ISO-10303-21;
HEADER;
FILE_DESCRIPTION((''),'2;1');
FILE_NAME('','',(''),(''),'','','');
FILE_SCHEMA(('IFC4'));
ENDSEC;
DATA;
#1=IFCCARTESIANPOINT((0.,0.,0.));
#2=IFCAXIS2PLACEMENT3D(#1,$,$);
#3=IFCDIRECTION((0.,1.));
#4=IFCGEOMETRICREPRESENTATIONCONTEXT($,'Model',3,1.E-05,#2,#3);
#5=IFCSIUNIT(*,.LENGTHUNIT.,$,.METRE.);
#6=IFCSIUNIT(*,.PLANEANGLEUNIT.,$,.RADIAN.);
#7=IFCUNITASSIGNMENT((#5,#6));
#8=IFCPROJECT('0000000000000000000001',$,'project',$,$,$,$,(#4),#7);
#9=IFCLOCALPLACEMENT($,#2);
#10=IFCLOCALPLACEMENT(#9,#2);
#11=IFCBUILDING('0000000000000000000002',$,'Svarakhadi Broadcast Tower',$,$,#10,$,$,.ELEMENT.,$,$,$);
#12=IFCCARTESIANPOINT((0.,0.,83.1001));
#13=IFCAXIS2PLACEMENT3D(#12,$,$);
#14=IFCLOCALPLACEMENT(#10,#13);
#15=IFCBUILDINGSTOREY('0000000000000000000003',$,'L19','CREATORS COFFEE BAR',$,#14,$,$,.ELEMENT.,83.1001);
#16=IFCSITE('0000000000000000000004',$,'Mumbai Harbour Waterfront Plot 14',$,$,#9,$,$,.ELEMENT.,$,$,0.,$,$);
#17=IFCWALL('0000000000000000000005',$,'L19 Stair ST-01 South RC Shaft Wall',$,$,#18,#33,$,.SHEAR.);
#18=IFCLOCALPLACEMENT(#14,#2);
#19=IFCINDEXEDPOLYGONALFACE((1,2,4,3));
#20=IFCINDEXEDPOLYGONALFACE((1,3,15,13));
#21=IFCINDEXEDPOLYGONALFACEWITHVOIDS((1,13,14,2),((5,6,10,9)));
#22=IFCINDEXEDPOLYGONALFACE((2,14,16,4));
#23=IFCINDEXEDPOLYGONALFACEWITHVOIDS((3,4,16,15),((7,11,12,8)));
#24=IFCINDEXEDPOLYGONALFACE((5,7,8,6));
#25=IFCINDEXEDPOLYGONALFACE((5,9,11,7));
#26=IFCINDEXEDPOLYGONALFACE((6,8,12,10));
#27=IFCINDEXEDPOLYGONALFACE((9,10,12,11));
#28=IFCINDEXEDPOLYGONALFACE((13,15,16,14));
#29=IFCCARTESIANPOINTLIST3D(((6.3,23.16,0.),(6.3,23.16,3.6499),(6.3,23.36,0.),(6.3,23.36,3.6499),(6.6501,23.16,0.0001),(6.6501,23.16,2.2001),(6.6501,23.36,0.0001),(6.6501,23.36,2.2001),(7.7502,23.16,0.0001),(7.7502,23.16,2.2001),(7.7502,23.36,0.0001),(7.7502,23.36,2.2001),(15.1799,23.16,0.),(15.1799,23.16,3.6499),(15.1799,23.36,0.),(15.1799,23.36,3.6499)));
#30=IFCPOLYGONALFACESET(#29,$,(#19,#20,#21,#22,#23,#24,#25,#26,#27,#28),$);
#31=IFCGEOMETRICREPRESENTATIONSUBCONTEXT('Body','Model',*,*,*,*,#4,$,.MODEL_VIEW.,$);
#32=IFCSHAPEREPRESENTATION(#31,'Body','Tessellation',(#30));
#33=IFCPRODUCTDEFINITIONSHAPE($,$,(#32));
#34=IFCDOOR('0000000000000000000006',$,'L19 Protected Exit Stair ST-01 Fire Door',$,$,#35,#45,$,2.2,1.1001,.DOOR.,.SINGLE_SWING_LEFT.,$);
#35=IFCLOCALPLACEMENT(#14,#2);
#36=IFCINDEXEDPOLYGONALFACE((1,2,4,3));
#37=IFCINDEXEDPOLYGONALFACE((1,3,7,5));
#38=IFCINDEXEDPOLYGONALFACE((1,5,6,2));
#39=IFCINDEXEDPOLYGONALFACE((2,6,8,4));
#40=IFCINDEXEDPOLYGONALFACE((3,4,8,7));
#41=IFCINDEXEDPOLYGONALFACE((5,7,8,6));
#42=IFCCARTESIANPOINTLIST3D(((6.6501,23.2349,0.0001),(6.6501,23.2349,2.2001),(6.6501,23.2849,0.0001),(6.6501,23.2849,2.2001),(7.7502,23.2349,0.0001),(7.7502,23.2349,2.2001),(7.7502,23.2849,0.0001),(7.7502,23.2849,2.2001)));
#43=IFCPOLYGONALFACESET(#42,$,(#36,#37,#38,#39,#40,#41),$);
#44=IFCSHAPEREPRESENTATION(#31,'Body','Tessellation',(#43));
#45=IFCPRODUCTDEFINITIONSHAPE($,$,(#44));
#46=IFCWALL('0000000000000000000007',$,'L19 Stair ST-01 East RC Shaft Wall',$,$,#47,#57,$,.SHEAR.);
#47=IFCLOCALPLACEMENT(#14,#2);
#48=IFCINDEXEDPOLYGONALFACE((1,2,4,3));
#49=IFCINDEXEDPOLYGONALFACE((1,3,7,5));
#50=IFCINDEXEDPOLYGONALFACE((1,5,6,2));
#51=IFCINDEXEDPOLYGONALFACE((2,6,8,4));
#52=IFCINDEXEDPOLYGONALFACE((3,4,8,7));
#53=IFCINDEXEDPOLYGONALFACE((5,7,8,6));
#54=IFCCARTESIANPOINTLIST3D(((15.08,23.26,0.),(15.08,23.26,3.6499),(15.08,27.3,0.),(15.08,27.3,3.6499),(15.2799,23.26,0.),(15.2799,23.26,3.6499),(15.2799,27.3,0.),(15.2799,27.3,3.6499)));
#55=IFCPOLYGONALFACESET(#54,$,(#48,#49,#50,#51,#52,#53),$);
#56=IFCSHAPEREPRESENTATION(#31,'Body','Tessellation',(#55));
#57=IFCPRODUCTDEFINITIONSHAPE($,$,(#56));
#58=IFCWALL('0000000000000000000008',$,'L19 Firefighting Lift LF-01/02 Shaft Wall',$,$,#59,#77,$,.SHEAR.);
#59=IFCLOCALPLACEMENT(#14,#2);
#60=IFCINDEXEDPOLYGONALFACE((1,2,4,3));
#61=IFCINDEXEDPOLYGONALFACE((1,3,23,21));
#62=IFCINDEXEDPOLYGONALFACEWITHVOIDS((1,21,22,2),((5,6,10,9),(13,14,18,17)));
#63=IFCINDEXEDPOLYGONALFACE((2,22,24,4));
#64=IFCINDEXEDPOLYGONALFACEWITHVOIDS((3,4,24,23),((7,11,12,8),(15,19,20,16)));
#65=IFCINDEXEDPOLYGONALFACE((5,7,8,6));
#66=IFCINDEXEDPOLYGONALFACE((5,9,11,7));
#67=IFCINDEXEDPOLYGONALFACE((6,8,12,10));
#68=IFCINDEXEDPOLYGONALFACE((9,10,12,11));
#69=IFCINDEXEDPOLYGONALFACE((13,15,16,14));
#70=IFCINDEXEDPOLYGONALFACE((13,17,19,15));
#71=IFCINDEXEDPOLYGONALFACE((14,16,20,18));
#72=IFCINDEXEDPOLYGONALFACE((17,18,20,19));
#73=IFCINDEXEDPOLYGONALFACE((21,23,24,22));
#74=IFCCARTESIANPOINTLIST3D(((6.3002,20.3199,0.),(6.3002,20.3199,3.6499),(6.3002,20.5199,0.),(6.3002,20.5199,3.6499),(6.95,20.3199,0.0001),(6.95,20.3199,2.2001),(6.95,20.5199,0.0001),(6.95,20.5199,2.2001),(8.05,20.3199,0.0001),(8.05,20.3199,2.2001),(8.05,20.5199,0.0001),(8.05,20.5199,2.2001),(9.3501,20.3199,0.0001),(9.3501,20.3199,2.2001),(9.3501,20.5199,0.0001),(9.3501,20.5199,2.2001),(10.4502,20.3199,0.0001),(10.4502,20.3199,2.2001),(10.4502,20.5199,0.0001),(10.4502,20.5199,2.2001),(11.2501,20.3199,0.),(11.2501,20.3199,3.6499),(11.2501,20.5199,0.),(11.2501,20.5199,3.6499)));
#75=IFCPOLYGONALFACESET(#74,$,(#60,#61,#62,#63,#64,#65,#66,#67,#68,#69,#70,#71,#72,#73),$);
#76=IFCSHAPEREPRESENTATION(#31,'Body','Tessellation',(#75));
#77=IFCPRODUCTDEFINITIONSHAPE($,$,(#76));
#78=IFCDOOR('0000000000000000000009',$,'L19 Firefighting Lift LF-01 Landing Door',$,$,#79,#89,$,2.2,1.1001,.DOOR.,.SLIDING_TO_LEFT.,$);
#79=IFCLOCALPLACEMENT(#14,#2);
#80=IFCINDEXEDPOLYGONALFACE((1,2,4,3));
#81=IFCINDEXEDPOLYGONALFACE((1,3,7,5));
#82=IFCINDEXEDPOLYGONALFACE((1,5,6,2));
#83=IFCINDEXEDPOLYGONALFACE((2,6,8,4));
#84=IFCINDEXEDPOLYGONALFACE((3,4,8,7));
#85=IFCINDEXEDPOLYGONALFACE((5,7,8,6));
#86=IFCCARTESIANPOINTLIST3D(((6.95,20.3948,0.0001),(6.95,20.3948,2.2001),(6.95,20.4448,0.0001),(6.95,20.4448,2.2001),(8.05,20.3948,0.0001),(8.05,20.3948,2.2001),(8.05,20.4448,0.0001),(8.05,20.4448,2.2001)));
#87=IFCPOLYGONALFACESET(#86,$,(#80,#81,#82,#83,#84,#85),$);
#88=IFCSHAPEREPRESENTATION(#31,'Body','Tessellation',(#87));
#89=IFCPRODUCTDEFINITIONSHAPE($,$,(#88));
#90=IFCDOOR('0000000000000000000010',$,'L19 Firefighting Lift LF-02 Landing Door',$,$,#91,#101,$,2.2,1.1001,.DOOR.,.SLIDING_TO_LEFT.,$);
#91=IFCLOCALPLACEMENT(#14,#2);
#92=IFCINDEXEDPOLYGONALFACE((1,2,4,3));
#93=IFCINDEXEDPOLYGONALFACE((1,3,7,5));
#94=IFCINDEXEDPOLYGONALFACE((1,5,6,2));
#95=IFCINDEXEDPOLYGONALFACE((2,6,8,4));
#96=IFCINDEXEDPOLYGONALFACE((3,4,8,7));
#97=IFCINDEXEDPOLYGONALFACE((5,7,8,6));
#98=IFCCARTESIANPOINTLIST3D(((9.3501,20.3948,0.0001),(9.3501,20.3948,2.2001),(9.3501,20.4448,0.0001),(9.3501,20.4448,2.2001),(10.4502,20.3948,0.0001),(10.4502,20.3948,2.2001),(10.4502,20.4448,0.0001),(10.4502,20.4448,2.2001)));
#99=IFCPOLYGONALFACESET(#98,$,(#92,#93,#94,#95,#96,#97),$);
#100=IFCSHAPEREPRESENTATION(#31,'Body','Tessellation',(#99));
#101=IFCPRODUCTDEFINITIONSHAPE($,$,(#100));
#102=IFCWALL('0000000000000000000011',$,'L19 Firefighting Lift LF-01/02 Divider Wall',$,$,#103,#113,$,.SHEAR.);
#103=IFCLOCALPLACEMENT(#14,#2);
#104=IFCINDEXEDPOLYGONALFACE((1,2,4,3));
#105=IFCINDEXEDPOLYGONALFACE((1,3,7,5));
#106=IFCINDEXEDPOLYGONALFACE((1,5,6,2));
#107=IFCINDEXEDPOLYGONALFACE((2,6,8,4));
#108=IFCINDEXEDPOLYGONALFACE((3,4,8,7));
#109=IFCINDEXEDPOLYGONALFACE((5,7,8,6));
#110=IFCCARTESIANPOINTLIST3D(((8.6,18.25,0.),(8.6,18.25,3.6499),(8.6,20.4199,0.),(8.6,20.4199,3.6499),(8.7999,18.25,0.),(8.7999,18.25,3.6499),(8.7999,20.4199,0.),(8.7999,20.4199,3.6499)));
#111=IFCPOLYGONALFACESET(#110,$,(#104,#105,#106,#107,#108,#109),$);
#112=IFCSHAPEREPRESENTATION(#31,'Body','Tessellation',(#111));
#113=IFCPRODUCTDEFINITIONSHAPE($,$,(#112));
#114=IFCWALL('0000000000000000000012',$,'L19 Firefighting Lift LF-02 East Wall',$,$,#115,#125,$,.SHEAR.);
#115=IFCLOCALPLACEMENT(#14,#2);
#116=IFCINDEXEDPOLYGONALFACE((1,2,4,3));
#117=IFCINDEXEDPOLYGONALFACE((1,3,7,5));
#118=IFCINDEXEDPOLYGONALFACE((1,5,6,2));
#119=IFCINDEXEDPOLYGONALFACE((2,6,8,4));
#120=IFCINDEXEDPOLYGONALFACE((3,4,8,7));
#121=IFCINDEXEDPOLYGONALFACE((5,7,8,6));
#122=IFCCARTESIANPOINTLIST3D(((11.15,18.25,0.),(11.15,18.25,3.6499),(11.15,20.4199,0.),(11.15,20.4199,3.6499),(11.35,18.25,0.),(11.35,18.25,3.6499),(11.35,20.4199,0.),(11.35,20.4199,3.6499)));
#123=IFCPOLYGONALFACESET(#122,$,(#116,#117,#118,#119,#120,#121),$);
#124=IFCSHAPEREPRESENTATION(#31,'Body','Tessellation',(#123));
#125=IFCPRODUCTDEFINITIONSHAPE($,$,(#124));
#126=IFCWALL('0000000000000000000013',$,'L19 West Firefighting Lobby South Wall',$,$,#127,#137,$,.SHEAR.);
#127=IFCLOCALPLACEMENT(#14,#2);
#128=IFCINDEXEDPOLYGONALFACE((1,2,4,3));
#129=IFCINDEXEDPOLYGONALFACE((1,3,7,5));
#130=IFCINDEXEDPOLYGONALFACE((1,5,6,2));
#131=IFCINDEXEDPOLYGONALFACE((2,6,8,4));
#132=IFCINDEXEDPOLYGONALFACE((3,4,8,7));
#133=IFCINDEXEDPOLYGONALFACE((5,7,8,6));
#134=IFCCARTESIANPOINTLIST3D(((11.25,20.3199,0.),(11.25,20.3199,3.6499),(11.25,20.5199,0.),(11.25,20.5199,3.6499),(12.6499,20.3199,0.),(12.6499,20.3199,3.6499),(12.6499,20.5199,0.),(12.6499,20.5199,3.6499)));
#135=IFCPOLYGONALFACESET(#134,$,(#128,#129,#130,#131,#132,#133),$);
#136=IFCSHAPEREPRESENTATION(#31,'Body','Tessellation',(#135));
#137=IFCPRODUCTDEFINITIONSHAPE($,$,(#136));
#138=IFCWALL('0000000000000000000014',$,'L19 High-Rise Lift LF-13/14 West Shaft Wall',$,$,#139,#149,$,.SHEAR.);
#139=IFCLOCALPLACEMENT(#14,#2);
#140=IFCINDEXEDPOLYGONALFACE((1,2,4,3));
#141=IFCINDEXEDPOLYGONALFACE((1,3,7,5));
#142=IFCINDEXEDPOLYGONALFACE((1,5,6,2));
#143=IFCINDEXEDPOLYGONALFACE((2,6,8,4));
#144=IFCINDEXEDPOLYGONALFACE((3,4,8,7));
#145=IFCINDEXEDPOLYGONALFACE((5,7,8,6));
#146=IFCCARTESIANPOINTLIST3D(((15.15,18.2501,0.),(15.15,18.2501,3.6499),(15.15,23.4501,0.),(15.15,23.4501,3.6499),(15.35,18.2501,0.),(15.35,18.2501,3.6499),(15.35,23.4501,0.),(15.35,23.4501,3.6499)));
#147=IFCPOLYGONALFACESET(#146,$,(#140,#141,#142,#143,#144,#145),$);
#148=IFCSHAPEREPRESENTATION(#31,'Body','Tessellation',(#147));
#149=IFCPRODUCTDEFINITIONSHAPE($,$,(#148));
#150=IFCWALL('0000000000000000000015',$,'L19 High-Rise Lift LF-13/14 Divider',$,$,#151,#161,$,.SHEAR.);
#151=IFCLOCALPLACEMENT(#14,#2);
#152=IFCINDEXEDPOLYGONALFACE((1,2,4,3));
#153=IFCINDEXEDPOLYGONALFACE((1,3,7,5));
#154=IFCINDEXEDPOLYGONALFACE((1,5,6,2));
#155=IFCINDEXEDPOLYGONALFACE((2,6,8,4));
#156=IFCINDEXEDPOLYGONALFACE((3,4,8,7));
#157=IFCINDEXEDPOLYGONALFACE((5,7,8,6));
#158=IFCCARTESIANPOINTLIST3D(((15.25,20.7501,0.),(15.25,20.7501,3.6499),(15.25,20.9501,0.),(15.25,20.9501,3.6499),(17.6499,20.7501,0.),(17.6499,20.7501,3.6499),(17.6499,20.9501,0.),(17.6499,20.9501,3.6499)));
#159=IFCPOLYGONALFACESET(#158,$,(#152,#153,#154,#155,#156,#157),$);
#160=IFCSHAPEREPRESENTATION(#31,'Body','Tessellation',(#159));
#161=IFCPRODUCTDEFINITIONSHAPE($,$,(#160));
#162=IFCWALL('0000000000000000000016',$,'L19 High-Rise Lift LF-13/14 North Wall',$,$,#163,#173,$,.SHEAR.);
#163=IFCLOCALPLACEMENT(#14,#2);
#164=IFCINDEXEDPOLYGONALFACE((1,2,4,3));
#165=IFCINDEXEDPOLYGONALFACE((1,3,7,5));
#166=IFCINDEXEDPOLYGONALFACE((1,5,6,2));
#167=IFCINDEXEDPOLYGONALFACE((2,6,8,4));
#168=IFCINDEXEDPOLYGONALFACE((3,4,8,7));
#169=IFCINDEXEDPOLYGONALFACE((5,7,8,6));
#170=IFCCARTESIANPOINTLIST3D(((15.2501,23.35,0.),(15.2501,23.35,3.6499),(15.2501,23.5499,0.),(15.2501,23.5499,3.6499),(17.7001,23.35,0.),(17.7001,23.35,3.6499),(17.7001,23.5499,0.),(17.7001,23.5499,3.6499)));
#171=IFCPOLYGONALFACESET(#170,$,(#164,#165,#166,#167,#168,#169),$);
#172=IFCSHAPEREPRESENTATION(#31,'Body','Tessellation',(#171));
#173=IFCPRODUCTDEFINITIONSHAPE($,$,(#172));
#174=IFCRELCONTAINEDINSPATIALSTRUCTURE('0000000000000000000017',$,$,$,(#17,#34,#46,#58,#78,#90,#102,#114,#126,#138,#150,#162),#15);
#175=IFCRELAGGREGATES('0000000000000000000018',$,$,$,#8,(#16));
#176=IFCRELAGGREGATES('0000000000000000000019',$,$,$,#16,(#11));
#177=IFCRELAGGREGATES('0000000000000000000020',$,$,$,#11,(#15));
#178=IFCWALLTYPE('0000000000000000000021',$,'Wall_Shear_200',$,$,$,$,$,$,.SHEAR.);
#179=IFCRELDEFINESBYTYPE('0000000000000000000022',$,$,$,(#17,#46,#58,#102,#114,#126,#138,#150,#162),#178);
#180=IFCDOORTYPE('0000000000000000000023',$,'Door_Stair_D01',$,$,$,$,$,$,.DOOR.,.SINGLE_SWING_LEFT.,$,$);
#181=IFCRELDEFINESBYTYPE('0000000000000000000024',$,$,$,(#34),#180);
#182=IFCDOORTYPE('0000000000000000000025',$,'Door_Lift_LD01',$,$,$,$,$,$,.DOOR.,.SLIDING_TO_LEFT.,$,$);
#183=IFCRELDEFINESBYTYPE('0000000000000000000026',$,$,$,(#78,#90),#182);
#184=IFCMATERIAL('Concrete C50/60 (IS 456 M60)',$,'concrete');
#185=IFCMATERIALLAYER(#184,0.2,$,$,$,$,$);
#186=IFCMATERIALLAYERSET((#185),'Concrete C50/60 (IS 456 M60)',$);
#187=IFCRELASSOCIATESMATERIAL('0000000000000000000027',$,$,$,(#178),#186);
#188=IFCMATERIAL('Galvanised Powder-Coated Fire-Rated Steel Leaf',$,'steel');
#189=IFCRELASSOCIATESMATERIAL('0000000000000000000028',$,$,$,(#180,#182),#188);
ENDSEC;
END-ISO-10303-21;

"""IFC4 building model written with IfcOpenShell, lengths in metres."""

from ifc_helpers import new_model, si_unit, direction, frame, frame_2d, origin, place, context, subcontext, project, spatial, rectangle, extrude, material, layer, layer_set, type_object, element, fill, save


model = new_model("IFC4")

# Units and contexts
model_context = context("Model", 3, precision=1e-05, world=origin(), true_north=direction((0.0, 1.0)))
body_context = subcontext(model_context, "Body", "Model", "MODEL_VIEW")
ifc_project = project(units=[si_unit("LENGTHUNIT", "METRE"), si_unit("PLANEANGLEUNIT", "RADIAN")], contexts=[model_context])

# Site, building, storey
site_placement = place(None, origin())
site = spatial("IfcSite", under=ifc_project, at=site_placement, Name="Mumbai Harbour Waterfront Plot 14", CompositionType="ELEMENT", RefElevation=0.0)
building_placement = place(site_placement, origin())
building = spatial("IfcBuilding", under=site, at=building_placement, Name="Svarakhadi Broadcast Tower", CompositionType="ELEMENT")
storey_placement = place(building_placement, frame((0.0, 0.0, 83.1001)))
storey = spatial("IfcBuildingStorey", under=building, at=storey_placement, Name="L19", Description="CREATORS COFFEE BAR", CompositionType="ELEMENT", Elevation=83.1001)

# Shared definitions
ifc_material_1 = material(Name="Concrete C50/60 (IS 456 M60)", Category="concrete")

# Wall, opening, door
ifc_layer = layer(ifc_material_1, 0.2)
ifc_layer_set = layer_set([ifc_layer], Name="Concrete C50/60 (IS 456 M60)")
wall_type = type_object("IfcWallType", Name="Wall_Shear_200", PredefinedType="SHEAR", material=ifc_layer_set)
wall_1_placement = place(storey_placement, frame((6.3, 23.26, 0.0), z_axis=(0.0, 0.0, 1.0), x_axis=(1.0, 0.0, 0.0)))
wall_1 = element("IfcWall", 1, at=wall_1_placement, inside=storey, type_object=wall_type, Name="L19 Stair ST-01 South RC Shaft Wall", PredefinedType="SHEAR", context=body_context, shape_type="SweptSolid", body=[
    extrude(rectangle(XDim=8.8799, YDim=0.2, at=frame_2d((4.4399, 0.0))), origin(), (0.0, 0.0, 1.0), 3.6499),
])
opening_1_placement = place(wall_1_placement, frame((0.3501, 0.0, 0.0)))
opening_1 = element("IfcOpeningElement", 2, at=opening_1_placement, cuts=wall_1, PredefinedType="OPENING", context=body_context, shape_type="SweptSolid", body=[
    extrude(rectangle(XDim=1.1001, YDim=2.2, at=frame_2d((0.55, 1.1001))), frame((0.0, 0.1099, 0.0), z_axis=(0.0, -1.0, 0.0), x_axis=(1.0, 0.0, 0.0)), (0.0, 0.0, 1.0), 0.22),
])
ifc_material_2 = material(Name="Galvanised Powder-Coated Fire-Rated Steel Leaf", Category="steel")
door_type_1 = type_object("IfcDoorType", Name="Door_Stair_D01", OperationType="SINGLE_SWING_LEFT", PredefinedType="DOOR", material=ifc_material_2)
door_1_placement = place(opening_1_placement, origin())
door_1 = element("IfcDoor", 3, at=door_1_placement, inside=storey, type_object=door_type_1, Name="L19 Protected Exit Stair ST-01 Fire Door", OperationType="SINGLE_SWING_LEFT", OverallHeight=2.2, OverallWidth=1.1001, PredefinedType="DOOR", context=body_context, shape_type="SweptSolid", body=[
    extrude(rectangle(XDim=1.1001, YDim=2.2, at=frame_2d((0.55, 1.1001))), frame((0.0, 0.0249, 0.0), z_axis=(0.0, -1.0, 0.0), x_axis=(1.0, 0.0, 0.0)), (0.0, 0.0, 1.0), 0.05),
])
fill(opening_1, door_1)

# Wall
wall_2_placement = place(storey_placement, frame((15.1799, 23.26, 0.0), z_axis=(0.0, 0.0, 1.0), x_axis=(0.0, 1.0, 0.0)))
element("IfcWall", 4, at=wall_2_placement, inside=storey, type_object=wall_type, Name="L19 Stair ST-01 East RC Shaft Wall", PredefinedType="SHEAR", context=body_context, shape_type="SweptSolid", body=[
    extrude(rectangle(XDim=4.04, YDim=0.2, at=frame_2d((2.02, 0.0))), origin(), (0.0, 0.0, 1.0), 3.6499),
])

# Wall, openings, doors
wall_3_placement = place(storey_placement, frame((6.3, 20.4199, 0.0), z_axis=(0.0, 0.0, 1.0), x_axis=(1.0, 0.0, 0.0)))
wall_3 = element("IfcWall", 5, at=wall_3_placement, inside=storey, type_object=wall_type, Name="L19 Firefighting Lift LF-01/02 Shaft Wall", PredefinedType="SHEAR", context=body_context, shape_type="SweptSolid", body=[
    extrude(rectangle(XDim=4.95, YDim=0.2, at=frame_2d((2.4751, 0.0))), origin(), (0.0, 0.0, 1.0), 3.6499),
])
opening_2_placement = place(wall_3_placement, frame((0.6499, 0.0, 0.0)))
opening_2 = element("IfcOpeningElement", 6, at=opening_2_placement, cuts=wall_3, PredefinedType="OPENING", context=body_context, shape_type="SweptSolid", body=[
    extrude(rectangle(XDim=1.1001, YDim=2.2, at=frame_2d((0.55, 1.1001))), frame((0.0, 0.1099, 0.0), z_axis=(0.0, -1.0, 0.0), x_axis=(1.0, 0.0, 0.0)), (0.0, 0.0, 1.0), 0.22),
])
opening_3_placement = place(wall_3_placement, frame((3.05, 0.0, 0.0)))
opening_3 = element("IfcOpeningElement", 7, at=opening_3_placement, cuts=wall_3, PredefinedType="OPENING", context=body_context, shape_type="SweptSolid", body=[
    extrude(rectangle(XDim=1.1001, YDim=2.2, at=frame_2d((0.55, 1.1001))), frame((0.0, 0.1099, 0.0), z_axis=(0.0, -1.0, 0.0), x_axis=(1.0, 0.0, 0.0)), (0.0, 0.0, 1.0), 0.22),
])
door_type_2 = type_object("IfcDoorType", Name="Door_Lift_LD01", OperationType="SLIDING_TO_LEFT", PredefinedType="DOOR", material=ifc_material_2)
door_2_placement = place(opening_2_placement, origin())
door_2 = element("IfcDoor", 8, at=door_2_placement, inside=storey, type_object=door_type_2, Name="L19 Firefighting Lift LF-01 Landing Door", OperationType="SLIDING_TO_LEFT", OverallHeight=2.2, OverallWidth=1.1001, PredefinedType="DOOR", context=body_context, shape_type="SweptSolid", body=[
    extrude(rectangle(XDim=1.1001, YDim=2.2, at=frame_2d((0.55, 1.1001))), frame((0.0, 0.0249, 0.0), z_axis=(0.0, -1.0, 0.0), x_axis=(1.0, 0.0, 0.0)), (0.0, 0.0, 1.0), 0.05),
])
fill(opening_2, door_2)
door_3_placement = place(opening_3_placement, origin())
door_3 = element("IfcDoor", 9, at=door_3_placement, inside=storey, type_object=door_type_2, Name="L19 Firefighting Lift LF-02 Landing Door", OperationType="SLIDING_TO_LEFT", OverallHeight=2.2, OverallWidth=1.1001, PredefinedType="DOOR", context=body_context, shape_type="SweptSolid", body=[
    extrude(rectangle(XDim=1.1001, YDim=2.2, at=frame_2d((0.55, 1.1001))), frame((0.0, 0.0249, 0.0), z_axis=(0.0, -1.0, 0.0), x_axis=(1.0, 0.0, 0.0)), (0.0, 0.0, 1.0), 0.05),
])
fill(opening_3, door_3)

# Walls
for number, where, z_axis, x_axis, name in (
    (10, (8.7, 18.25, 0.0), (0.0, 0.0, 1.0), (0.0, 1.0, 0.0), "L19 Firefighting Lift LF-01/02 Divider Wall"),
    (11, (11.25, 18.25, 0.0), (0.0, 0.0, 1.0), (0.0, 1.0, 0.0), "L19 Firefighting Lift LF-02 East Wall"),
):
    element("IfcWall", number, at=place(storey_placement, frame(where, z_axis=z_axis, x_axis=x_axis)), inside=storey, type_object=wall_type, Name=name, PredefinedType="SHEAR", context=body_context, shape_type="SweptSolid", body=[
        extrude(rectangle(XDim=2.1699, YDim=0.2, at=frame_2d((1.085, 0.0))), origin(), (0.0, 0.0, 1.0), 3.6499),
    ])
wall_4_placement = place(storey_placement, frame((11.25, 20.4199, 0.0), z_axis=(0.0, 0.0, 1.0), x_axis=(1.0, 0.0, 0.0)))
element("IfcWall", 12, at=wall_4_placement, inside=storey, type_object=wall_type, Name="L19 West Firefighting Lobby South Wall", PredefinedType="SHEAR", context=body_context, shape_type="SweptSolid", body=[
    extrude(rectangle(XDim=1.3999, YDim=0.2, at=frame_2d((0.7, 0.0))), origin(), (0.0, 0.0, 1.0), 3.6499),
])

# Walls
wall_5_placement = place(storey_placement, frame((15.25, 18.25, 0.0), z_axis=(0.0, 0.0, 1.0), x_axis=(0.0, 1.0, 0.0)))
element("IfcWall", 13, at=wall_5_placement, inside=storey, type_object=wall_type, Name="L19 High-Rise Lift LF-13/14 West Shaft Wall", PredefinedType="SHEAR", context=body_context, shape_type="SweptSolid", body=[
    extrude(rectangle(XDim=5.2, YDim=0.2, at=frame_2d((2.6001, 0.0))), origin(), (0.0, 0.0, 1.0), 3.6499),
])
wall_6_placement = place(storey_placement, frame((15.25, 20.8501, 0.0), z_axis=(0.0, 0.0, 1.0), x_axis=(1.0, 0.0, 0.0)))
element("IfcWall", 14, at=wall_6_placement, inside=storey, type_object=wall_type, Name="L19 High-Rise Lift LF-13/14 Divider", PredefinedType="SHEAR", context=body_context, shape_type="SweptSolid", body=[
    extrude(rectangle(XDim=2.3999, YDim=0.2, at=frame_2d((1.2, 0.0))), origin(), (0.0, 0.0, 1.0), 3.6499),
])
wall_7_placement = place(storey_placement, frame((15.25, 23.45, 0.0), z_axis=(0.0, 0.0, 1.0), x_axis=(1.0, 0.0, 0.0)))
element("IfcWall", 15, at=wall_7_placement, inside=storey, type_object=wall_type, Name="L19 High-Rise Lift LF-13/14 North Wall", PredefinedType="SHEAR", context=body_context, shape_type="SweptSolid", body=[
    extrude(rectangle(XDim=2.45, YDim=0.2, at=frame_2d((1.2251, 0.0))), origin(), (0.0, 0.0, 1.0), 3.6499),
])

save(model, "model.ifc")
